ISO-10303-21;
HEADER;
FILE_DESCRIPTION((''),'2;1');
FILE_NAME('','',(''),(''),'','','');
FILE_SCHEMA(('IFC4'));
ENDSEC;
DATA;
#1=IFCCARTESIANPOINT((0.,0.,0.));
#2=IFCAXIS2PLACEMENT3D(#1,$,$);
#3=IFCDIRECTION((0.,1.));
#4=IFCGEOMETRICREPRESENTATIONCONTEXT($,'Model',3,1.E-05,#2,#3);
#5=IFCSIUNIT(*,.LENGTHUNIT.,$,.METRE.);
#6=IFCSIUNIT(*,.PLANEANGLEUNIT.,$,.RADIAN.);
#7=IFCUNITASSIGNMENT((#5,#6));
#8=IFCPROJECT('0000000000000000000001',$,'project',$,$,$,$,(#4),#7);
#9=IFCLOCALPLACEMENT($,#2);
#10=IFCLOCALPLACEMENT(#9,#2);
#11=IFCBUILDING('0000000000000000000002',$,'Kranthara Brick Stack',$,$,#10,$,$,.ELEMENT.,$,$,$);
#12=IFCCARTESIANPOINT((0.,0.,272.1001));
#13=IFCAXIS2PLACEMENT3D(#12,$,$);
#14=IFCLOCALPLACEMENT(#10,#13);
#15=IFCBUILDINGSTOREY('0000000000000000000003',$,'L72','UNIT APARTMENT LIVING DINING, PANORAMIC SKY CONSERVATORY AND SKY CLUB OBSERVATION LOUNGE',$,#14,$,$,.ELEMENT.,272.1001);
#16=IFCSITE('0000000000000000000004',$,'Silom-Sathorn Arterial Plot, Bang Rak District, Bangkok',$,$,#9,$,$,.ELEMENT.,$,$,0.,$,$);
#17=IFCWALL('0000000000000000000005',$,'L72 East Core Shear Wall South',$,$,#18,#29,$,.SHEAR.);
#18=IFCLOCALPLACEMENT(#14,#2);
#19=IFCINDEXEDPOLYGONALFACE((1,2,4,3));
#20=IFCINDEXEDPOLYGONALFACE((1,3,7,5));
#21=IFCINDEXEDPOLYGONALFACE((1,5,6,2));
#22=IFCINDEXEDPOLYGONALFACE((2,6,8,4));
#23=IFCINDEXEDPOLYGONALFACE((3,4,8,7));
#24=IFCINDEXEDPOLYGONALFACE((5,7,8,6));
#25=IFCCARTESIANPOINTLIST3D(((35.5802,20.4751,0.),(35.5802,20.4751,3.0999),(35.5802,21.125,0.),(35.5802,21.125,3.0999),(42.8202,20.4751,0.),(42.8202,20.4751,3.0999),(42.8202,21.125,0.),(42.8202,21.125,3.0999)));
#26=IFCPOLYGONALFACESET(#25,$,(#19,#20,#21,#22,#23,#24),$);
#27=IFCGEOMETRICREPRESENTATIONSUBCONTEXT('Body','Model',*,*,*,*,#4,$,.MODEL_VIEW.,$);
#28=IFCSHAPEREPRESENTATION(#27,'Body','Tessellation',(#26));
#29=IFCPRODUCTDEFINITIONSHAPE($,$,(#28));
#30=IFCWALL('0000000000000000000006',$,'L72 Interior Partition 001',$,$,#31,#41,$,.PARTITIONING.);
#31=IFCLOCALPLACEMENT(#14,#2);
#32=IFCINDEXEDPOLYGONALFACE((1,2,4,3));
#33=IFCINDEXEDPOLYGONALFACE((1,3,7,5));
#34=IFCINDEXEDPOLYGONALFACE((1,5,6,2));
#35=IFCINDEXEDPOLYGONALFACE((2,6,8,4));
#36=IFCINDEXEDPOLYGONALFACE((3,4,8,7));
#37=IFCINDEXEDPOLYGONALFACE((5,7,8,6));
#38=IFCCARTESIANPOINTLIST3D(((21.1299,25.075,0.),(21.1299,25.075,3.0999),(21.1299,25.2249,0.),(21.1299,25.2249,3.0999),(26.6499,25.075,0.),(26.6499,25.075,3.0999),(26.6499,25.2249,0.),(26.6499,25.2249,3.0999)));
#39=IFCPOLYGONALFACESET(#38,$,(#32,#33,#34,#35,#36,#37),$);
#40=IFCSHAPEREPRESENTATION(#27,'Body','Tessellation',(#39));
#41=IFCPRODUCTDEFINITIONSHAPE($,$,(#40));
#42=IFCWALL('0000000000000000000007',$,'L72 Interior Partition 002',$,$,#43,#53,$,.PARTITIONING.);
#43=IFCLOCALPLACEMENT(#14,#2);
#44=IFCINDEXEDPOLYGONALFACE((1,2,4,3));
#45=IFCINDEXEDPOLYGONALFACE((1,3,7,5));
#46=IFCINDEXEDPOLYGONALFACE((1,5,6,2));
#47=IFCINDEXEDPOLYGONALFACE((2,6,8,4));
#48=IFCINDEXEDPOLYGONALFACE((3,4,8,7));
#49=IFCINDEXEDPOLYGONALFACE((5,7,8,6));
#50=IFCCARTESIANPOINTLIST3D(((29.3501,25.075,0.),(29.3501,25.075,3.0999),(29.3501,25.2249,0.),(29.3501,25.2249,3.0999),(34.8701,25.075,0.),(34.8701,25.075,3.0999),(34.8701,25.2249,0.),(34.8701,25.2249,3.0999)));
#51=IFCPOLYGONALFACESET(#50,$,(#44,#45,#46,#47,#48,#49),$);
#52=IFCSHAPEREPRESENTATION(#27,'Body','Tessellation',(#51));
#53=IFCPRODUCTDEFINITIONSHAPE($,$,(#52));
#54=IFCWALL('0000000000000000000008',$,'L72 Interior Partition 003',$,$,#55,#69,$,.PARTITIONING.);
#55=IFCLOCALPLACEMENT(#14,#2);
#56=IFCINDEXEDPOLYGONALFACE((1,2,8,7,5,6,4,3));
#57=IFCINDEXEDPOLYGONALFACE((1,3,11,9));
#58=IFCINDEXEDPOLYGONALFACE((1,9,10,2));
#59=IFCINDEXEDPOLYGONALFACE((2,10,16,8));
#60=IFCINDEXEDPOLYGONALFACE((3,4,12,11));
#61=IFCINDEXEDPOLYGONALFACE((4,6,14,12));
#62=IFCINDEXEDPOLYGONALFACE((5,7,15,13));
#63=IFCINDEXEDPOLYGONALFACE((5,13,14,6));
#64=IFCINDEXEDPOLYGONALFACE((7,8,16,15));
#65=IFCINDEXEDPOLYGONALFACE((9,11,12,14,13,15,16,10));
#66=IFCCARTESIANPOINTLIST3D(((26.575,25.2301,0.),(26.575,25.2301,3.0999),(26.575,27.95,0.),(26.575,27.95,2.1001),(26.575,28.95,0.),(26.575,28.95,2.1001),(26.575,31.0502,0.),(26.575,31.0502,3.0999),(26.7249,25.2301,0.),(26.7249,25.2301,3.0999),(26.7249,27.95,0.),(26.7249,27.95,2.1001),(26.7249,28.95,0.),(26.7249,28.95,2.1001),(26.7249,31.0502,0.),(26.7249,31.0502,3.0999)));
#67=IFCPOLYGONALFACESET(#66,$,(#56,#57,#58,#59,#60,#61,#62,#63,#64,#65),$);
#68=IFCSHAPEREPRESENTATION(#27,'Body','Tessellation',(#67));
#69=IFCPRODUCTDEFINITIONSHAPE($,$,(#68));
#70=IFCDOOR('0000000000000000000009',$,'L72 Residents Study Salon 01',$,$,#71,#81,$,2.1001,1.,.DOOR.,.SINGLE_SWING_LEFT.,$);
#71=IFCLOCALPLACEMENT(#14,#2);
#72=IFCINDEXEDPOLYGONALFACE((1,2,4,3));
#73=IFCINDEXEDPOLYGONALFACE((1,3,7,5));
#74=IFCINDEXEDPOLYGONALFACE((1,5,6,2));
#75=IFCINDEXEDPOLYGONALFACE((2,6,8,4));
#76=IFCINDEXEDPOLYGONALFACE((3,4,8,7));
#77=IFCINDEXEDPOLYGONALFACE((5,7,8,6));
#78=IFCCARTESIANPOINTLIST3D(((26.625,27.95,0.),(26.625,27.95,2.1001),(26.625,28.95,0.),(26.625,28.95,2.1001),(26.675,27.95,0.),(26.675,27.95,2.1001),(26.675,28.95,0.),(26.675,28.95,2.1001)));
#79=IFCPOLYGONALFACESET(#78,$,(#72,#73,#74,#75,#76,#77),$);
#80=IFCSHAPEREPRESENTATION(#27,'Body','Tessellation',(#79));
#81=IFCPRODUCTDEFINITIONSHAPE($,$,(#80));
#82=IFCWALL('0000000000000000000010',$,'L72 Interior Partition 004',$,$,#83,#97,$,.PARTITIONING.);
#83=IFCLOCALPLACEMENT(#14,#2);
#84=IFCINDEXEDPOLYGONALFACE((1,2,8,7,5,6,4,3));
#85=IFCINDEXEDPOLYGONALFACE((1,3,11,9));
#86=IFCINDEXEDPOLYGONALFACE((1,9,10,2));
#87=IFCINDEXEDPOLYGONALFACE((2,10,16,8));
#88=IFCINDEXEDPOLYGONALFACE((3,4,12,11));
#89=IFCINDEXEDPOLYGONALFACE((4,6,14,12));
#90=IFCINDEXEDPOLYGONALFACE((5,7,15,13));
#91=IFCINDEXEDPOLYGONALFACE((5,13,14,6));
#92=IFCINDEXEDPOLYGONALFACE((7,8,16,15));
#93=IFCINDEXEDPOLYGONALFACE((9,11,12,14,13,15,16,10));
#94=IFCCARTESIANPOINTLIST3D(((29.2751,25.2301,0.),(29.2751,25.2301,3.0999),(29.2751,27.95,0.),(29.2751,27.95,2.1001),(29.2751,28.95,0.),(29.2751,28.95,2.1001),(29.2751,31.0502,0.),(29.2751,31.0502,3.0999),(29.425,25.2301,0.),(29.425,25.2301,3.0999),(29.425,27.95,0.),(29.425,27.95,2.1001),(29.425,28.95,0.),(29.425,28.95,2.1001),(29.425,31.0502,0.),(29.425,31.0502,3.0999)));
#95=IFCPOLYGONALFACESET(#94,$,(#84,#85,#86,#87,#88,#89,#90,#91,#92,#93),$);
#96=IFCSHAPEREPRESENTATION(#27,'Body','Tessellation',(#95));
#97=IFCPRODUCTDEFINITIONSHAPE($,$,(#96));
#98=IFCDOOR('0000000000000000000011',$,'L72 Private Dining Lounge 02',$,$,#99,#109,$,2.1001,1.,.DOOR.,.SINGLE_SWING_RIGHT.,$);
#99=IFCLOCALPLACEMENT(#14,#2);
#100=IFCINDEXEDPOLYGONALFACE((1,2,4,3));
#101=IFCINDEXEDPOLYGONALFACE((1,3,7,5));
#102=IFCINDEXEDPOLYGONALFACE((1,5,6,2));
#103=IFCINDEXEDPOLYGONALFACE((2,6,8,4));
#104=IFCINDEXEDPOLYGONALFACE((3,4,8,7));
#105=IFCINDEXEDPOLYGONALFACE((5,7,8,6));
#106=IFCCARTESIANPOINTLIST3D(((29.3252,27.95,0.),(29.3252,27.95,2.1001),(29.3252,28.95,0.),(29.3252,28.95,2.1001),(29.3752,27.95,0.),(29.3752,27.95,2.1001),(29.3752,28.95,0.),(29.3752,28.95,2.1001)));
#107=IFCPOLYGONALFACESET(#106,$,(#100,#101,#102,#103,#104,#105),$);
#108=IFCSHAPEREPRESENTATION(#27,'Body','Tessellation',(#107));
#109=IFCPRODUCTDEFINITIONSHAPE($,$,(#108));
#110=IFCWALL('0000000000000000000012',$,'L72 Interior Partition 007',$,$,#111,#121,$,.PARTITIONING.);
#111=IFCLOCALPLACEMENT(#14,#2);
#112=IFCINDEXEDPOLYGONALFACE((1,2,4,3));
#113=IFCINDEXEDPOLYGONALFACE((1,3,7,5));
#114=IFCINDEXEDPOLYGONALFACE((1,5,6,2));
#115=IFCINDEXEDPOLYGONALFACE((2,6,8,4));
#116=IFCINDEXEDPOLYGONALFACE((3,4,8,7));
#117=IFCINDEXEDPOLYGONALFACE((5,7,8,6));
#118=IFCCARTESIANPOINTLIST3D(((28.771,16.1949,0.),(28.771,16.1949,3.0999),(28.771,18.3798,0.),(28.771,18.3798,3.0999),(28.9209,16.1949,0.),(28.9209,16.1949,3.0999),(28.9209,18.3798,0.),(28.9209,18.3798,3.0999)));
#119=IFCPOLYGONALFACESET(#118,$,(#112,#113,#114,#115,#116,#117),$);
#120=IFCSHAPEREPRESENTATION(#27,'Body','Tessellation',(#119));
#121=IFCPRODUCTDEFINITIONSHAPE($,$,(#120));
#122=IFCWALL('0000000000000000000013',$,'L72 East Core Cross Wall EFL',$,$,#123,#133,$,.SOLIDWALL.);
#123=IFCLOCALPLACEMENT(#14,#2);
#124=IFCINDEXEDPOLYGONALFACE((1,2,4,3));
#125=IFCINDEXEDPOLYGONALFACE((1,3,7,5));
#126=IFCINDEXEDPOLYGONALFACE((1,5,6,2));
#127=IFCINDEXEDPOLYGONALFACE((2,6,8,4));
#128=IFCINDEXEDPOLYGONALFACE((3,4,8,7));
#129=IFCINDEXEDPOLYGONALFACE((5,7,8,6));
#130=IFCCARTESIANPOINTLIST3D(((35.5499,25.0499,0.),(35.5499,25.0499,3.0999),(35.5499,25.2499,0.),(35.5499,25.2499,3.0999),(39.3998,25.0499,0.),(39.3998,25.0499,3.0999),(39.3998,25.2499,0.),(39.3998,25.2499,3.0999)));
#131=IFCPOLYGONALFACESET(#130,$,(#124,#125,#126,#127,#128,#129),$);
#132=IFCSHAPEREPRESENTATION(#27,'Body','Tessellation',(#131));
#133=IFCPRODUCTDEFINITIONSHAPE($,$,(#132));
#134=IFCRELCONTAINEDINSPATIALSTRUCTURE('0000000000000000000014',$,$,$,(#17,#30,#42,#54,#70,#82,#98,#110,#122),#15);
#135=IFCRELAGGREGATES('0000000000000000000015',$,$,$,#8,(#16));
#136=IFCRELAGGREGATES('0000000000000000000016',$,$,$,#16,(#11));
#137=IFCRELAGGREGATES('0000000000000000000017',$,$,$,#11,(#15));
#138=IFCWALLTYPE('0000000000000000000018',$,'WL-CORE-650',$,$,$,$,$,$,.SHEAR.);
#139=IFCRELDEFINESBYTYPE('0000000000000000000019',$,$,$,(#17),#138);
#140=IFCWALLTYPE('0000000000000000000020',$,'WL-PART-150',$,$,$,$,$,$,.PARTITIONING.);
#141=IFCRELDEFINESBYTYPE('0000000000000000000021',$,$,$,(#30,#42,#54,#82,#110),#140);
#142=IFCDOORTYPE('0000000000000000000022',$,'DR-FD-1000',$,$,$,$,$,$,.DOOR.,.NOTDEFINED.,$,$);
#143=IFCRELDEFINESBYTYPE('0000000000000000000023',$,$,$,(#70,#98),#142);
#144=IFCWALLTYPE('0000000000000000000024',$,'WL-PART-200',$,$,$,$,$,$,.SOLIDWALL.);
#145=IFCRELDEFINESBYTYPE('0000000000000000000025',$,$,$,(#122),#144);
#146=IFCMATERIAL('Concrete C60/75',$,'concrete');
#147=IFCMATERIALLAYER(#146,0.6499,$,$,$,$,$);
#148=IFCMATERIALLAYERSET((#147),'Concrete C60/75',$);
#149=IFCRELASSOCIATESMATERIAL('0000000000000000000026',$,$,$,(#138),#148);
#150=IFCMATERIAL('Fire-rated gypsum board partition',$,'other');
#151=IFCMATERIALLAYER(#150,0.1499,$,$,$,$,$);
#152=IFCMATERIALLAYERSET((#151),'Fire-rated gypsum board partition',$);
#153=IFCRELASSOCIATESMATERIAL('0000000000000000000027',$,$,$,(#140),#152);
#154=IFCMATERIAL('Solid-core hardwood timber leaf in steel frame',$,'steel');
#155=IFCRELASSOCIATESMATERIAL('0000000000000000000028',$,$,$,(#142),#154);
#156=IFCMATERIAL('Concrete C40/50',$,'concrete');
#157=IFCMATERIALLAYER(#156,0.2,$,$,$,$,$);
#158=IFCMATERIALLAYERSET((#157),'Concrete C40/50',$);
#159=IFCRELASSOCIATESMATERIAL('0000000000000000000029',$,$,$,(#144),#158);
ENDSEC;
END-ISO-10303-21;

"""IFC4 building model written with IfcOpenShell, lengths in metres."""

from ifc_helpers import new_model, si_unit, direction, frame, frame_2d, origin, place, context, subcontext, project, spatial, rectangle, extrude, material, layer, layer_set, type_object, element, fill, save


model = new_model("IFC4")

# Units and contexts
model_context = context("Model", 3, precision=1e-05, world=origin(), true_north=direction((0.0, 1.0)))
body_context = subcontext(model_context, "Body", "Model", "MODEL_VIEW")
ifc_project = project(units=[si_unit("LENGTHUNIT", "METRE"), si_unit("PLANEANGLEUNIT", "RADIAN")], contexts=[model_context])

# Site, building, storey
site_placement = place(None, origin())
site = spatial("IfcSite", under=ifc_project, at=site_placement, Name="Silom-Sathorn Arterial Plot, Bang Rak District, Bangkok", CompositionType="ELEMENT", RefElevation=0.0)
building_placement = place(site_placement, origin())
building = spatial("IfcBuilding", under=site, at=building_placement, Name="Kranthara Brick Stack", CompositionType="ELEMENT")
storey_placement = place(building_placement, frame((0.0, 0.0, 272.1001)))
storey = spatial("IfcBuildingStorey", under=building, at=storey_placement, Name="L72", Description="UNIT APARTMENT LIVING DINING, PANORAMIC SKY CONSERVATORY AND SKY CLUB OBSERVATION LOUNGE", CompositionType="ELEMENT", Elevation=272.1001)

# Wall
ifc_material_1 = material(Name="Concrete C60/75", Category="concrete")
ifc_layer_1 = layer(ifc_material_1, 0.6499)
ifc_layer_set_1 = layer_set([ifc_layer_1], Name="Concrete C60/75")
wall_type_1 = type_object("IfcWallType", Name="WL-CORE-650", PredefinedType="SHEAR", material=ifc_layer_set_1)
wall_1_placement = place(storey_placement, frame((35.5801, 20.8, 0.0), z_axis=(0.0, 0.0, 1.0), x_axis=(1.0, 0.0, 0.0)))
element("IfcWall", 1, at=wall_1_placement, inside=storey, type_object=wall_type_1, Name="L72 East Core Shear Wall South", PredefinedType="SHEAR", context=body_context, shape_type="SweptSolid", body=[
    extrude(rectangle(XDim=7.24, YDim=0.6499, at=frame_2d((3.6201, 0.0))), origin(), (0.0, 0.0, 1.0), 3.0999),
])

# Walls
ifc_material_2 = material(Name="Fire-rated gypsum board partition", Category="other")
ifc_layer_2 = layer(ifc_material_2, 0.1499)
ifc_layer_set_2 = layer_set([ifc_layer_2], Name="Fire-rated gypsum board partition")
wall_type_2 = type_object("IfcWallType", Name="WL-PART-150", PredefinedType="PARTITIONING", material=ifc_layer_set_2)
for number, where, z_axis, x_axis, name in (
    (2, (21.1299, 25.1499, 0.0), (0.0, 0.0, 1.0), (1.0, 0.0, 0.0), "L72 Interior Partition 001"),
    (3, (29.3501, 25.1499, 0.0), (0.0, 0.0, 1.0), (1.0, 0.0, 0.0), "L72 Interior Partition 002"),
):
    element("IfcWall", number, at=place(storey_placement, frame(where, z_axis=z_axis, x_axis=x_axis)), inside=storey, type_object=wall_type_2, Name=name, PredefinedType="PARTITIONING", context=body_context, shape_type="SweptSolid", body=[
        extrude(rectangle(XDim=5.52, YDim=0.1499, at=frame_2d((2.76, 0.0))), origin(), (0.0, 0.0, 1.0), 3.0999),
    ])

# Walls, openings, doors
wall_2_placement = place(storey_placement, frame((26.6499, 25.23, 0.0), z_axis=(0.0, 0.0, 1.0), x_axis=(0.0, 1.0, 0.0)))
wall_2 = element("IfcWall", 4, at=wall_2_placement, inside=storey, type_object=wall_type_2, Name="L72 Interior Partition 003", PredefinedType="PARTITIONING", context=body_context, shape_type="SweptSolid", body=[
    extrude(rectangle(XDim=5.8201, YDim=0.1499, at=frame_2d((2.9102, 0.0))), origin(), (0.0, 0.0, 1.0), 3.0999),
])
opening_1_placement = place(wall_2_placement, frame((2.72, 0.0, 0.0)))
opening_1 = element("IfcOpeningElement", 5, at=opening_1_placement, cuts=wall_2, PredefinedType="OPENING", context=body_context, shape_type="SweptSolid", body=[
    extrude(rectangle(XDim=1.0, YDim=2.1001, at=frame_2d((0.5, 1.05))), frame((0.0, 0.085, 0.0), z_axis=(0.0, -1.0, 0.0), x_axis=(1.0, 0.0, 0.0)), (0.0, 0.0, 1.0), 0.1699),
])
ifc_material_3 = material(Name="Solid-core hardwood timber leaf in steel frame", Category="steel")
door_type_1 = type_object("IfcDoorType", Name="DR-FD-1000", OperationType="NOTDEFINED", PredefinedType="DOOR", material=ifc_material_3)
door_1_placement = place(opening_1_placement, origin())
door_1 = element("IfcDoor", 6, at=door_1_placement, inside=storey, type_object=door_type_1, Name="L72 Residents Study Salon 01", OperationType="SINGLE_SWING_LEFT", OverallHeight=2.1001, OverallWidth=1.0, PredefinedType="DOOR", context=body_context, shape_type="SweptSolid", body=[
    extrude(rectangle(XDim=1.0, YDim=2.1001, at=frame_2d((0.5, 1.05))), frame((0.0, 0.0249, 0.0), z_axis=(0.0, -1.0, 0.0), x_axis=(1.0, 0.0, 0.0)), (0.0, 0.0, 1.0), 0.05),
])
fill(opening_1, door_1)
wall_3_placement = place(storey_placement, frame((29.3501, 25.23, 0.0), z_axis=(0.0, 0.0, 1.0), x_axis=(0.0, 1.0, 0.0)))
wall_3 = element("IfcWall", 7, at=wall_3_placement, inside=storey, type_object=wall_type_2, Name="L72 Interior Partition 004", PredefinedType="PARTITIONING", context=body_context, shape_type="SweptSolid", body=[
    extrude(rectangle(XDim=5.8201, YDim=0.1499, at=frame_2d((2.9102, 0.0))), origin(), (0.0, 0.0, 1.0), 3.0999),
])
opening_2_placement = place(wall_3_placement, frame((2.72, 0.0, 0.0)))
opening_2 = element("IfcOpeningElement", 8, at=opening_2_placement, cuts=wall_3, PredefinedType="OPENING", context=body_context, shape_type="SweptSolid", body=[
    extrude(rectangle(XDim=1.0, YDim=2.1001, at=frame_2d((0.5, 1.05))), frame((0.0, 0.085, 0.0), z_axis=(0.0, -1.0, 0.0), x_axis=(1.0, 0.0, 0.0)), (0.0, 0.0, 1.0), 0.1699),
])
door_2_placement = place(opening_2_placement, origin())
door_2 = element("IfcDoor", 9, at=door_2_placement, inside=storey, type_object=door_type_1, Name="L72 Private Dining Lounge 02", OperationType="SINGLE_SWING_RIGHT", OverallHeight=2.1001, OverallWidth=1.0, PredefinedType="DOOR", context=body_context, shape_type="SweptSolid", body=[
    extrude(rectangle(XDim=1.0, YDim=2.1001, at=frame_2d((0.5, 1.05))), frame((0.0, 0.0249, 0.0), z_axis=(0.0, -1.0, 0.0), x_axis=(1.0, 0.0, 0.0)), (0.0, 0.0, 1.0), 0.05),
])
fill(opening_2, door_2)

# Walls
wall_4_placement = place(storey_placement, frame((28.8459, 16.1951, 0.0), z_axis=(0.0, 0.0, 1.0), x_axis=(0.0, 1.0, 0.0)))
element("IfcWall", 10, at=wall_4_placement, inside=storey, type_object=wall_type_2, Name="L72 Interior Partition 007", PredefinedType="PARTITIONING", context=body_context, shape_type="SweptSolid", body=[
    extrude(rectangle(XDim=2.1848, YDim=0.1499, at=frame_2d((1.0923, 0.0))), origin(), (0.0, 0.0, 1.0), 3.0999),
])
ifc_material_4 = material(Name="Concrete C40/50", Category="concrete")
ifc_layer_3 = layer(ifc_material_4, 0.2)
ifc_layer_set_3 = layer_set([ifc_layer_3], Name="Concrete C40/50")
wall_type_3 = type_object("IfcWallType", Name="WL-PART-200", PredefinedType="SOLIDWALL", material=ifc_layer_set_3)
wall_5_placement = place(storey_placement, frame((35.55, 25.1499, 0.0), z_axis=(0.0, 0.0, 1.0), x_axis=(1.0, 0.0, 0.0)))
element("IfcWall", 11, at=wall_5_placement, inside=storey, type_object=wall_type_3, Name="L72 East Core Cross Wall EFL", PredefinedType="SOLIDWALL", context=body_context, shape_type="SweptSolid", body=[
    extrude(rectangle(XDim=3.8499, YDim=0.2, at=frame_2d((1.9248, 0.0))), origin(), (0.0, 0.0, 1.0), 3.0999),
])

save(model, "model.ifc")
